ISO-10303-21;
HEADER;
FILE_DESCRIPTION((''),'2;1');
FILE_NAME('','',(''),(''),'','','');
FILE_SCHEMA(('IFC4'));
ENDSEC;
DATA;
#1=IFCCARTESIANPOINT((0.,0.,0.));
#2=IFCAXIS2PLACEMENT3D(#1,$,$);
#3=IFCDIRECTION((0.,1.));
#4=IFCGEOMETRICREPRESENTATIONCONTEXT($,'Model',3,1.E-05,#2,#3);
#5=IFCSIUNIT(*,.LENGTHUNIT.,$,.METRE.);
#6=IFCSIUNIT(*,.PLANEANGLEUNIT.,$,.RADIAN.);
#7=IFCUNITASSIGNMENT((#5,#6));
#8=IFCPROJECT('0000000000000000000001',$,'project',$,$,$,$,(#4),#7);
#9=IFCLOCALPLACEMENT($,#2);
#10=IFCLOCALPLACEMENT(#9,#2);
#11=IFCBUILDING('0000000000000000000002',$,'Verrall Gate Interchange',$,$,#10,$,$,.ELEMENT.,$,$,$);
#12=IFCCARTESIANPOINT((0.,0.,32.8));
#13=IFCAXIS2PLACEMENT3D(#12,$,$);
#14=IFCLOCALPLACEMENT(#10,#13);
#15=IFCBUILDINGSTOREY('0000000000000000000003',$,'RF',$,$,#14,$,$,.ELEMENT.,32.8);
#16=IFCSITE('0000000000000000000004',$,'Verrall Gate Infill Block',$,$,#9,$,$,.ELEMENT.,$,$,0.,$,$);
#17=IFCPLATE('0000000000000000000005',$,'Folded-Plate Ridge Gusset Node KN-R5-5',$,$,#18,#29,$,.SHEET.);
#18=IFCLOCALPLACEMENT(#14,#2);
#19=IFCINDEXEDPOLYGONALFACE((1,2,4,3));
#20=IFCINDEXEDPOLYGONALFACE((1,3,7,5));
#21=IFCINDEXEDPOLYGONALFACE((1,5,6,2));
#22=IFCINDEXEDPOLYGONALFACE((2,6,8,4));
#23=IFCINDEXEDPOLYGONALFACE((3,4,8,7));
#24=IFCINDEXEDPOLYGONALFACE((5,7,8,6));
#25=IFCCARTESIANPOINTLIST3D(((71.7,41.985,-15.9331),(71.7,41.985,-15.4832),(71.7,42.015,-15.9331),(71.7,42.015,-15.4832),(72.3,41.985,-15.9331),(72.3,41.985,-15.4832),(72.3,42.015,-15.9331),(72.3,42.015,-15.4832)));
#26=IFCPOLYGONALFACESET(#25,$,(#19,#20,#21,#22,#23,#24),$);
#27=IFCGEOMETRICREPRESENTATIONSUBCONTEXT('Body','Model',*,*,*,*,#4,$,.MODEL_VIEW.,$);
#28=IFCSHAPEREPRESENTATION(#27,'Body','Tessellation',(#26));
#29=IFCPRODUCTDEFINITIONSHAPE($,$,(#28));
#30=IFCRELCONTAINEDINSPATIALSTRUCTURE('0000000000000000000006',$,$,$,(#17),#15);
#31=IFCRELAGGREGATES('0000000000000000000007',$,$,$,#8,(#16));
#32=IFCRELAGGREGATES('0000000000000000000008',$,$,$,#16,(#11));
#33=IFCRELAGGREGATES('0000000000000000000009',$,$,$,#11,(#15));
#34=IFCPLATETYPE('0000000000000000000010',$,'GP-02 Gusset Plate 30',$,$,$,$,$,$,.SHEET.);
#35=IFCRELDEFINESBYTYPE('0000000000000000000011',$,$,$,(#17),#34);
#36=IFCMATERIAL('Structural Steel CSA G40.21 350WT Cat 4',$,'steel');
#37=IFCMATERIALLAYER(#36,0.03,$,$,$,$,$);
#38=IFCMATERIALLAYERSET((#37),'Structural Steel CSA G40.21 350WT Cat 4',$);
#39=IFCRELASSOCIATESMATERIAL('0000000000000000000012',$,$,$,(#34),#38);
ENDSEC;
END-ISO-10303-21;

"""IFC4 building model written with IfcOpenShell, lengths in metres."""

from ifc_helpers import new_model, si_unit, direction, frame, origin, origin_2d, place, context, subcontext, project, spatial, rectangle, extrude, material, layer, layer_set, type_object, element, save


model = new_model("IFC4")

# Units and contexts
model_context = context("Model", 3, precision=1e-05, world=origin(), true_north=direction((0.0, 1.0)))
body_context = subcontext(model_context, "Body", "Model", "MODEL_VIEW")
ifc_project = project(units=[si_unit("LENGTHUNIT", "METRE"), si_unit("PLANEANGLEUNIT", "RADIAN")], contexts=[model_context])

# Site, building, storey
site_placement = place(None, origin())
site = spatial("IfcSite", under=ifc_project, at=site_placement, Name="Verrall Gate Infill Block", CompositionType="ELEMENT", RefElevation=0.0)
building_placement = place(site_placement, origin())
building = spatial("IfcBuilding", under=site, at=building_placement, Name="Verrall Gate Interchange", CompositionType="ELEMENT")
storey_placement = place(building_placement, frame((0.0, 0.0, 32.8)))
storey = spatial("IfcBuildingStorey", under=building, at=storey_placement, Name="RF", CompositionType="ELEMENT", Elevation=32.8)

# Plate
ifc_material_1 = material(Name="Structural Steel CSA G40.21 350WT Cat 4", Category="steel")
ifc_layer_1 = layer(ifc_material_1, 0.03)
ifc_layer_set_1 = layer_set([ifc_layer_1], Name="Structural Steel CSA G40.21 350WT Cat 4")
plate_type_1 = type_object("IfcPlateType", Name="GP-02 Gusset Plate 30", PredefinedType="SHEET", material=ifc_layer_set_1)
plate_1_placement = place(storey_placement, frame((72.0, 42.0, -15.9331), z_axis=(0.0, 0.0, 1.0), x_axis=(1.0, 0.0, 0.0)))
element("IfcPlate", 1, at=plate_1_placement, inside=storey, type_object=plate_type_1, Name="Folded-Plate Ridge Gusset Node KN-R5-5", PredefinedType="SHEET", context=body_context, shape_type="SweptSolid", body=[
    extrude(rectangle(XDim=0.6001, YDim=0.03, at=origin_2d()), origin(), (0.0, 0.0, 1.0), 0.45),
])

save(model, "model.ifc")
